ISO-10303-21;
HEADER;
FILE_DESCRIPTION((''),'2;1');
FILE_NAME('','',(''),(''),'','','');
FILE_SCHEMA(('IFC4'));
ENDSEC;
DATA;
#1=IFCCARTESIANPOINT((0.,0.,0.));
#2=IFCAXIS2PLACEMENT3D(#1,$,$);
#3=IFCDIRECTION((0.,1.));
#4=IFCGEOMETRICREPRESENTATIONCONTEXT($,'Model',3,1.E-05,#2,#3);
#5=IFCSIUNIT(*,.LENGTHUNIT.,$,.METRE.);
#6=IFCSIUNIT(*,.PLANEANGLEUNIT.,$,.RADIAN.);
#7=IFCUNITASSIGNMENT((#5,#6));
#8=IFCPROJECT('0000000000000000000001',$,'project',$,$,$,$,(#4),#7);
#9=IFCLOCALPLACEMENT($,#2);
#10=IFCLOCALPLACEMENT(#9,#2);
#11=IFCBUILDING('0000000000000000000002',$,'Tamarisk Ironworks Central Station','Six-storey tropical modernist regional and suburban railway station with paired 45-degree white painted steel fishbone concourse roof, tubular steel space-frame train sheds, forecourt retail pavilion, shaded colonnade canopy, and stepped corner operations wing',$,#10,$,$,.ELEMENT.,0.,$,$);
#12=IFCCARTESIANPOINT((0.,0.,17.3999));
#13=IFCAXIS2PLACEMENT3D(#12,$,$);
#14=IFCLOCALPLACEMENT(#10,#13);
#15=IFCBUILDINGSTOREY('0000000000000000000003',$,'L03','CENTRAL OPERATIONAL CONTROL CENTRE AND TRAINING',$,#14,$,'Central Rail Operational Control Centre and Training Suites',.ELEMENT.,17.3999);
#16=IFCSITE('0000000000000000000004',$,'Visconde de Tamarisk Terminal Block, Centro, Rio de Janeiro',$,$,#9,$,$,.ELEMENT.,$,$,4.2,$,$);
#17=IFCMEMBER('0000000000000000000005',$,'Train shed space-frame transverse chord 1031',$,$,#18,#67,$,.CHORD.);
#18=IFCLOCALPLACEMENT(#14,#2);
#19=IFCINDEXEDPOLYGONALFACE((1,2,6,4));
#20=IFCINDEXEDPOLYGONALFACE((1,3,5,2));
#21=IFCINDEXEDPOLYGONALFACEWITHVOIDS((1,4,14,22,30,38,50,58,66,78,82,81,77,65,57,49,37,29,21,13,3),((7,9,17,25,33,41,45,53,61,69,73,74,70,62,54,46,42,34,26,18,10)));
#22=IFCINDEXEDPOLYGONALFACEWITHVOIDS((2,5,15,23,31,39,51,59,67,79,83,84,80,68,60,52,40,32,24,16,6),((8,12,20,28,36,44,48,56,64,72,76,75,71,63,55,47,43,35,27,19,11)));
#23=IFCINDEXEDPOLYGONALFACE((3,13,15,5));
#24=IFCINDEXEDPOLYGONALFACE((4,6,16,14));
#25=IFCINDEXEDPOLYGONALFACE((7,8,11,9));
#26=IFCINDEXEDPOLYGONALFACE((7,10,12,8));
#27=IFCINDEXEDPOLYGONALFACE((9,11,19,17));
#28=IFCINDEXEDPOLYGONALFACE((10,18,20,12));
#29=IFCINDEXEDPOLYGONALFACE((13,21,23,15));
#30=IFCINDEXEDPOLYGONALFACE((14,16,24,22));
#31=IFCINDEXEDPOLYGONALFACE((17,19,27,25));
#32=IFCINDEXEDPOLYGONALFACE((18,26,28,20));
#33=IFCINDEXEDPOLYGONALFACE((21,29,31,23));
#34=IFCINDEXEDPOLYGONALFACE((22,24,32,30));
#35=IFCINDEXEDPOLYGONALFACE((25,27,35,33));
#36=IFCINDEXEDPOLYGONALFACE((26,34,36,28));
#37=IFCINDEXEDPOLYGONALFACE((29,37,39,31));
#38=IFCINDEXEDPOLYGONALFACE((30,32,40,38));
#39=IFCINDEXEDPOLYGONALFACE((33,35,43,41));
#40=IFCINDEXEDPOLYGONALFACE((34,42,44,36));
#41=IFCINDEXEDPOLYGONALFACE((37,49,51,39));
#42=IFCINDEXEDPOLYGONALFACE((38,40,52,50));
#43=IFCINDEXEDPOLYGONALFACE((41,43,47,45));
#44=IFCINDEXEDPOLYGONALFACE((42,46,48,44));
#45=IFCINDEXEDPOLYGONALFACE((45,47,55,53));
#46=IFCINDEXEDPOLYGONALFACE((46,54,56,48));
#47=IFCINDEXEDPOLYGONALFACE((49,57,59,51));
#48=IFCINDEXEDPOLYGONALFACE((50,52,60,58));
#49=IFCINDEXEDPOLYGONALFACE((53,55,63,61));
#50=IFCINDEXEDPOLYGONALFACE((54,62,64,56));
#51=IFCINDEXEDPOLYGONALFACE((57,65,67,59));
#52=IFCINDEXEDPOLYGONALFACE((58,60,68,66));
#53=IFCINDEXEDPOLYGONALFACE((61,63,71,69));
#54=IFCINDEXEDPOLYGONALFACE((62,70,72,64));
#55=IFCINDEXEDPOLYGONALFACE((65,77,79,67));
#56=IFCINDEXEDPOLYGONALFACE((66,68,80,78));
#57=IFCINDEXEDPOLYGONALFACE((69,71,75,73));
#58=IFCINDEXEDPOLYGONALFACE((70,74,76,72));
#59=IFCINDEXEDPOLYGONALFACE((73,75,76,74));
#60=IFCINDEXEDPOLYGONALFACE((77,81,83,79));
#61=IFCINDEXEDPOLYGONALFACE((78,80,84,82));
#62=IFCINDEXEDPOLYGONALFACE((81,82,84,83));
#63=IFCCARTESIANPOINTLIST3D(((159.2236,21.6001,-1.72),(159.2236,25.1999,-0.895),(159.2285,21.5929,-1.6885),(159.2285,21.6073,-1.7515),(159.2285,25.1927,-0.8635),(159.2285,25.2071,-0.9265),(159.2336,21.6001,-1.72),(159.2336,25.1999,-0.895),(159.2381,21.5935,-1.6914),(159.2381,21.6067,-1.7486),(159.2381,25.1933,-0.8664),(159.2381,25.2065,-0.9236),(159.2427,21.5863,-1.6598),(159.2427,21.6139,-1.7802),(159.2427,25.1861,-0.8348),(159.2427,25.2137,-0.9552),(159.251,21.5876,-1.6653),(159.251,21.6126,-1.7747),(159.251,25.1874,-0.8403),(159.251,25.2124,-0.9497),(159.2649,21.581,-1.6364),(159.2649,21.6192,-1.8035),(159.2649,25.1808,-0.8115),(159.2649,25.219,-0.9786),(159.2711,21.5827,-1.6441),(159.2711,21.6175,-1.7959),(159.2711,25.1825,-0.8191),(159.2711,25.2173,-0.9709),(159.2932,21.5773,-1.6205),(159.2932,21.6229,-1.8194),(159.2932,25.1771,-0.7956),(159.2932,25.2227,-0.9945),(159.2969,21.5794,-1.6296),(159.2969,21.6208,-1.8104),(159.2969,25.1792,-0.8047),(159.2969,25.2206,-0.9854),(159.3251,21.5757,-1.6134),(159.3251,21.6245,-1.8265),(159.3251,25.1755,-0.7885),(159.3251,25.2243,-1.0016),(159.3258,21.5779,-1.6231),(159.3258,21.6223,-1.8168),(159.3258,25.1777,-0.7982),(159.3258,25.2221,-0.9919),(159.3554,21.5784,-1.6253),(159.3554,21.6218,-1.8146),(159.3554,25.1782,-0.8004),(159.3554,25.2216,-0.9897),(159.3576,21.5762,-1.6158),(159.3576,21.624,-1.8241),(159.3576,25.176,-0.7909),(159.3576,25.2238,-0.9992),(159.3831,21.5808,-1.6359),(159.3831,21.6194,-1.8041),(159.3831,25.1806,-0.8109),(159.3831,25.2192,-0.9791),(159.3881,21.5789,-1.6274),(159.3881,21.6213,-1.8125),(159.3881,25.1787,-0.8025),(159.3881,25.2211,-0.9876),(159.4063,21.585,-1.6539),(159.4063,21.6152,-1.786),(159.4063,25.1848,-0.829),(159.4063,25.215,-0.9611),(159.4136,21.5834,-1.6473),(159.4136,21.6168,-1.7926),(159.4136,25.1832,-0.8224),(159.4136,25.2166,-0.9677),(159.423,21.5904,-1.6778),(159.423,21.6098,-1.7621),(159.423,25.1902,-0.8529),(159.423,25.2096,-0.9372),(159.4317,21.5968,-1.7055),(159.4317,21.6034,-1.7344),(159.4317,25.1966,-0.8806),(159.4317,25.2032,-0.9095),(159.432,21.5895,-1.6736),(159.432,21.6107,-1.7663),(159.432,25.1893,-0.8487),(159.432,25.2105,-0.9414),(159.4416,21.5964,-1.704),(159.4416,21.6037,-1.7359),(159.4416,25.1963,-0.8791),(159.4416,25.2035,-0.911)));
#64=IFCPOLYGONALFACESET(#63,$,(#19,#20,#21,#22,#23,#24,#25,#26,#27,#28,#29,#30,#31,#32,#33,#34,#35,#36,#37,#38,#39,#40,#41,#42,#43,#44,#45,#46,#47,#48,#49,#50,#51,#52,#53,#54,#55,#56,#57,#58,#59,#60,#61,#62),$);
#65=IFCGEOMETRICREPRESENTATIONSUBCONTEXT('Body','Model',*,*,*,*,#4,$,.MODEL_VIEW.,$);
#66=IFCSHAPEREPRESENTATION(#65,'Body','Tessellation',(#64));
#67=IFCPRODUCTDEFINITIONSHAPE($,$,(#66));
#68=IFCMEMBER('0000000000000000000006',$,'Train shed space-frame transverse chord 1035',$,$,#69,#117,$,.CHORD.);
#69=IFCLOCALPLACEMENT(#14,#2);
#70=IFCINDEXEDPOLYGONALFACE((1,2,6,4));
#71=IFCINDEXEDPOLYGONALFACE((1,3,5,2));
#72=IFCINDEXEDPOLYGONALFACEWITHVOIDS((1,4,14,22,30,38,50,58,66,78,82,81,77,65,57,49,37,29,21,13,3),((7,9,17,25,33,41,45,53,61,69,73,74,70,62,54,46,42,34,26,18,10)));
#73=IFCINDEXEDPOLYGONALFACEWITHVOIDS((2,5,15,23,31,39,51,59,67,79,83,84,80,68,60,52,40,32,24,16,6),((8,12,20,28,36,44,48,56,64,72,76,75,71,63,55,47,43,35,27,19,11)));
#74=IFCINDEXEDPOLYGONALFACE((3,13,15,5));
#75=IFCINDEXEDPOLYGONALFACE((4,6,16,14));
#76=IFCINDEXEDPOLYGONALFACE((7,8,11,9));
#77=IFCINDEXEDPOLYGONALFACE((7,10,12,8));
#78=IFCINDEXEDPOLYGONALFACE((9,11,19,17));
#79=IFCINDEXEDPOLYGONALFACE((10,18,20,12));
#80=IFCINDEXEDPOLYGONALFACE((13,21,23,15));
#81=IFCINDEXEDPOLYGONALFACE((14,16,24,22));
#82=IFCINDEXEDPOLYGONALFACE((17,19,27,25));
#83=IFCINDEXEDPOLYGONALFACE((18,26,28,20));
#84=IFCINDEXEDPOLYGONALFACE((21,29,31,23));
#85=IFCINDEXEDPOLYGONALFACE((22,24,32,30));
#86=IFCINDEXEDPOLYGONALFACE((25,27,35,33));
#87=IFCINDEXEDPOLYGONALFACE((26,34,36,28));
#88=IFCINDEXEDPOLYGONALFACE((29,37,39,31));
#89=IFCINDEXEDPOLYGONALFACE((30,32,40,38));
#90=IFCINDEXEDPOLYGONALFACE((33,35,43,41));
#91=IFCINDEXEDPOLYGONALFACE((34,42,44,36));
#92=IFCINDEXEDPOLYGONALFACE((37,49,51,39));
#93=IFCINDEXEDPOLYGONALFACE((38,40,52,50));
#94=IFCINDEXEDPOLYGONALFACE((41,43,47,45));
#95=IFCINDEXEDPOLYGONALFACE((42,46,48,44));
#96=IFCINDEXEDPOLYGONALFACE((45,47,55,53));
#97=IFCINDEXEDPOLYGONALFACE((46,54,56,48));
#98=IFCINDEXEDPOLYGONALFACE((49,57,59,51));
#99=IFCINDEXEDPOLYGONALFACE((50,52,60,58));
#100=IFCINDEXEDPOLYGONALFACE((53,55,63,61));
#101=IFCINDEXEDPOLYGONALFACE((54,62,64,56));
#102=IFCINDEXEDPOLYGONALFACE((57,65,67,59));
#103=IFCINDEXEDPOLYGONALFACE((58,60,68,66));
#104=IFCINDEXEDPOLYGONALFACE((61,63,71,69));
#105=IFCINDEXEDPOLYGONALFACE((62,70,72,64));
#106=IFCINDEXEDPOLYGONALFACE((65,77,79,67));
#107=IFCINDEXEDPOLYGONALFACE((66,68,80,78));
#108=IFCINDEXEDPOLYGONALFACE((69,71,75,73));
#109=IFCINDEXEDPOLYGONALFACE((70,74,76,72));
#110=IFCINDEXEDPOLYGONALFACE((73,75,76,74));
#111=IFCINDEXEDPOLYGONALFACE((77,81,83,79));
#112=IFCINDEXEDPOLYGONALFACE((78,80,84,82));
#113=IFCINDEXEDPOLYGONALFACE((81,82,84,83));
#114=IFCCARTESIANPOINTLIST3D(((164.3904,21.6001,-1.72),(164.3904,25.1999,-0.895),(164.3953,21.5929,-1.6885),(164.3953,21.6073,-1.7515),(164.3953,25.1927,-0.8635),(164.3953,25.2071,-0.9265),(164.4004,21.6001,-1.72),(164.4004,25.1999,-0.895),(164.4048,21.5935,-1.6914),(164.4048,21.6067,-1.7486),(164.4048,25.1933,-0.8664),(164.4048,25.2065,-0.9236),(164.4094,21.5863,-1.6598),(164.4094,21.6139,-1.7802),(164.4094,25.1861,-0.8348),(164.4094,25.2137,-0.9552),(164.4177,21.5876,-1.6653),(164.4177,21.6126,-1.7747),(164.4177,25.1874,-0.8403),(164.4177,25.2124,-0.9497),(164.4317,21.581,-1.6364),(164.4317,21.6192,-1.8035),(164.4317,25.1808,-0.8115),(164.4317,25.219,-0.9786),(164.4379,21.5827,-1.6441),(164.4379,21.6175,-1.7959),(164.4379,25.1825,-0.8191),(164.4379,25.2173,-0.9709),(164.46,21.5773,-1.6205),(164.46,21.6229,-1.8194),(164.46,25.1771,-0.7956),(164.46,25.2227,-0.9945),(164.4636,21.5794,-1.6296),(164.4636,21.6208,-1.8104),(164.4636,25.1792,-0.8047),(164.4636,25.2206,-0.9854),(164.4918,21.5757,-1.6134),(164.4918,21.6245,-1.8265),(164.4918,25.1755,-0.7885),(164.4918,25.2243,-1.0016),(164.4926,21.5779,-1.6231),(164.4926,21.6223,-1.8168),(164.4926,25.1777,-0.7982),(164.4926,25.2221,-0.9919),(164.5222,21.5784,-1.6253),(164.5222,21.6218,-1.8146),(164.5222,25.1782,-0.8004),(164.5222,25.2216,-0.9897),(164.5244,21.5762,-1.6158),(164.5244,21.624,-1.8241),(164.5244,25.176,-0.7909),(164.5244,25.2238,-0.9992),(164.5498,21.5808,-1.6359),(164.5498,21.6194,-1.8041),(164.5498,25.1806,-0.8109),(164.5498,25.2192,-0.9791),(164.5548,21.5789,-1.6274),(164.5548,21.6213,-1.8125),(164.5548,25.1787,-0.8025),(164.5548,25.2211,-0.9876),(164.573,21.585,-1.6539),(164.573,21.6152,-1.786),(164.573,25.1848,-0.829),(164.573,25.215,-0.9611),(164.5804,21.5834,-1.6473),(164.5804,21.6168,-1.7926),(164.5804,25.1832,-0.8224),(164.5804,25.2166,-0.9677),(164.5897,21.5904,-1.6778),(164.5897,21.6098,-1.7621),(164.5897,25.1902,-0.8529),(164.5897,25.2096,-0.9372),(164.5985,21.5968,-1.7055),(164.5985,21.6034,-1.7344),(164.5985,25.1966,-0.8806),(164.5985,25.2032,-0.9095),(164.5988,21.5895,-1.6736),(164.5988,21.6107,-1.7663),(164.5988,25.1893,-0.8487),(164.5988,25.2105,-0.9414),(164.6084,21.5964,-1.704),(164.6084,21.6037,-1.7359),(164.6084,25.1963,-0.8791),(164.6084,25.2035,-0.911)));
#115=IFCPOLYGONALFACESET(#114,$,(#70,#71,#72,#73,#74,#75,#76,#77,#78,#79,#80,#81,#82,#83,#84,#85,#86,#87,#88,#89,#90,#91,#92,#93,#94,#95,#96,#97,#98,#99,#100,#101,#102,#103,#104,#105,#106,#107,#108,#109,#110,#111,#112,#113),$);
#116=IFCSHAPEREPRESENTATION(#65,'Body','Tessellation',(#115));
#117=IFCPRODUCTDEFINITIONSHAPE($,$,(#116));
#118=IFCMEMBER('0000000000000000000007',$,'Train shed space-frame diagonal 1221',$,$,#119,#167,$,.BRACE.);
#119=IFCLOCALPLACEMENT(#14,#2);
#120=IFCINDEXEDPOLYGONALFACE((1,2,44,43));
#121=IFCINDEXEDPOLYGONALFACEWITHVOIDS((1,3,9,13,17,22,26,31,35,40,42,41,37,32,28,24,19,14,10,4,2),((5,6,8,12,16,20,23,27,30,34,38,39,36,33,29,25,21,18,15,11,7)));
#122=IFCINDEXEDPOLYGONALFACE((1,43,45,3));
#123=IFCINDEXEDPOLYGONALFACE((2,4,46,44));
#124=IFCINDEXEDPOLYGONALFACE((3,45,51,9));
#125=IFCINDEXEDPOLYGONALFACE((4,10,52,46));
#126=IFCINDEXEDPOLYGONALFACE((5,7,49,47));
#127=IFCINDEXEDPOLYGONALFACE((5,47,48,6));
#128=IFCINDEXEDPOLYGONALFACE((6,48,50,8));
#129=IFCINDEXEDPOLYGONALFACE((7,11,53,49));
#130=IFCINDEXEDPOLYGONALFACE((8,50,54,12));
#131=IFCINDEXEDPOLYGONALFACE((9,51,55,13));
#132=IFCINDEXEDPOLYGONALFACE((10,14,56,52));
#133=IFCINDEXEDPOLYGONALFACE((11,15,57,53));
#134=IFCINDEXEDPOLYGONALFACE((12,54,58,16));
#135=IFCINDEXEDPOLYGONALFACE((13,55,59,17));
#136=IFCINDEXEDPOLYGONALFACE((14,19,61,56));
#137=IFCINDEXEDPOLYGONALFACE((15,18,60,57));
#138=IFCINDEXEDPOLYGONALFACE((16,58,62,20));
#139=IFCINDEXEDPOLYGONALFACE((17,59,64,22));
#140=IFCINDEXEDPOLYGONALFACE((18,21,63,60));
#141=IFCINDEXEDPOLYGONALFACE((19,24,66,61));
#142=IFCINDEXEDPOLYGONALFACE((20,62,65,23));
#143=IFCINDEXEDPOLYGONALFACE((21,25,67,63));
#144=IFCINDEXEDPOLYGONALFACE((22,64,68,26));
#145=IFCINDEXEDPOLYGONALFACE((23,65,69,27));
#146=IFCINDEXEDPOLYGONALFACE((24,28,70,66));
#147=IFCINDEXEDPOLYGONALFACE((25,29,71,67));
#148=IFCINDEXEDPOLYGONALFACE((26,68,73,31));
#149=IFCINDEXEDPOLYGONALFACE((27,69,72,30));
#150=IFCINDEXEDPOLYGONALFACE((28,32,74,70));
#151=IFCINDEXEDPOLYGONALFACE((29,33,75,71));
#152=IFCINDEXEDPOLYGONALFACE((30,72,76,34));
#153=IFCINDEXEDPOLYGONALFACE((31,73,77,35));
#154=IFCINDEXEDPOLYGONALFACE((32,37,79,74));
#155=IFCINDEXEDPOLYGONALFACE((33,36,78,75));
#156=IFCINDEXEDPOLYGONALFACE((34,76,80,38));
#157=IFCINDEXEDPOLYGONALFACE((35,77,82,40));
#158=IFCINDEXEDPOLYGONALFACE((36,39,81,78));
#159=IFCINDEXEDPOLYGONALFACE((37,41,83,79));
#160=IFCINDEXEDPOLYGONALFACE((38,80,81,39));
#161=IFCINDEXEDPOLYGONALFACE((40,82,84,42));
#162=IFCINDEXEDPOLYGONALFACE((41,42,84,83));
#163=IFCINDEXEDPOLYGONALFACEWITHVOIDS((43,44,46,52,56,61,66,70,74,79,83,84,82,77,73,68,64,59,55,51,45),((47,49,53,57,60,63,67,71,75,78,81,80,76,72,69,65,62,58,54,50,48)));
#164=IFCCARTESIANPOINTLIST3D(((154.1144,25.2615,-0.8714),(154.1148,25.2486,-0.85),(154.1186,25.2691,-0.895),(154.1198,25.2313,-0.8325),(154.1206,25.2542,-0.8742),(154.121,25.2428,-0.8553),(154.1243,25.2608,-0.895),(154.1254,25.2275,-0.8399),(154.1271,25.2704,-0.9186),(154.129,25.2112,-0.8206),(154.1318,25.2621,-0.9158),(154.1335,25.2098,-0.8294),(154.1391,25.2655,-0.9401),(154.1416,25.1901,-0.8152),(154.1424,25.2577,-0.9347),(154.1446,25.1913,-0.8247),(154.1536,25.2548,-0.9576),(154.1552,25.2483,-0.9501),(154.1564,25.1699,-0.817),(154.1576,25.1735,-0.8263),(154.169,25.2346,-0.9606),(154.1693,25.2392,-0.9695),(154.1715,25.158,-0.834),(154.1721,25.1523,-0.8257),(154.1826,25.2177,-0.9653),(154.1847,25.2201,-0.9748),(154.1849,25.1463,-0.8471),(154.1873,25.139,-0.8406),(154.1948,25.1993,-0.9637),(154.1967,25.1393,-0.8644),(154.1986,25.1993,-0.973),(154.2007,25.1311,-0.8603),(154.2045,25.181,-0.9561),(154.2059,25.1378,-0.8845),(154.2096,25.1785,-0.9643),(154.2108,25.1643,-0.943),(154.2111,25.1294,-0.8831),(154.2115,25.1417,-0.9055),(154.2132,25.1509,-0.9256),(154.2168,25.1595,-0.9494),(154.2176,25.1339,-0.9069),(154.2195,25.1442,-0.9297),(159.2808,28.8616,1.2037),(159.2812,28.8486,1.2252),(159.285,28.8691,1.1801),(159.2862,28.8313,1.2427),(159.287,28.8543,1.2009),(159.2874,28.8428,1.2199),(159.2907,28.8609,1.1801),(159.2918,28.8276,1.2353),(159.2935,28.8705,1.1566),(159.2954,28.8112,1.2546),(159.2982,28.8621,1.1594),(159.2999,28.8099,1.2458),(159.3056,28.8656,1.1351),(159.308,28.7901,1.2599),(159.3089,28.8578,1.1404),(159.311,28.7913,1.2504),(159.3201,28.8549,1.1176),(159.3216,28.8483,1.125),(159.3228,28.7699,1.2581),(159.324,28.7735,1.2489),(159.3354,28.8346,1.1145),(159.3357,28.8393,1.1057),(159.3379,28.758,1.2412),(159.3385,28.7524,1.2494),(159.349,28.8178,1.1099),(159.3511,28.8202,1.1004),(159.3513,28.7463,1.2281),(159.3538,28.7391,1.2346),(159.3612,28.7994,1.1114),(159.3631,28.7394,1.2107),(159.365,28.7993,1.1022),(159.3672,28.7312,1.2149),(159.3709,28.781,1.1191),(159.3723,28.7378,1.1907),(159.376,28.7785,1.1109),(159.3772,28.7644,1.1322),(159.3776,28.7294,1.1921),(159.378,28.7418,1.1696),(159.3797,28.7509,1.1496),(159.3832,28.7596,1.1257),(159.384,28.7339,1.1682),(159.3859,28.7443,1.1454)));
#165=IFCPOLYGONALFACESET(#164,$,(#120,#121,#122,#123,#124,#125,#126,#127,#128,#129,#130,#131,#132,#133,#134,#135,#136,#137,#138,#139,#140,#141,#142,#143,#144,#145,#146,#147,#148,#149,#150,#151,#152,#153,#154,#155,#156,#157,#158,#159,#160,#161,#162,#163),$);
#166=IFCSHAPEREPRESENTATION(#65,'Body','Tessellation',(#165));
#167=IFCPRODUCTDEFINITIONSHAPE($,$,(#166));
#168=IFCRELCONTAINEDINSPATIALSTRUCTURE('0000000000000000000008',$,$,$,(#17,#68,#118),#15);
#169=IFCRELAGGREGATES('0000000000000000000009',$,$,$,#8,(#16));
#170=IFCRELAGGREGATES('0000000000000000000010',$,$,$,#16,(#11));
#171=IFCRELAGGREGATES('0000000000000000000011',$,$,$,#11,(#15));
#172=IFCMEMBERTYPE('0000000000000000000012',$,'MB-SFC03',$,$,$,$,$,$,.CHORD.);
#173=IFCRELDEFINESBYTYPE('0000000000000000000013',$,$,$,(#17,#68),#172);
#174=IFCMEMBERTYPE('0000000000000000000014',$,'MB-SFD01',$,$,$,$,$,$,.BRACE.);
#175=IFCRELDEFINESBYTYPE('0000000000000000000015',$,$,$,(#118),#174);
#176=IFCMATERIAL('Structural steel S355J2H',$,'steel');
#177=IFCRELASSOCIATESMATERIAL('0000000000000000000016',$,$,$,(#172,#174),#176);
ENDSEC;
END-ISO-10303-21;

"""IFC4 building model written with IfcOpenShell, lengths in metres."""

from ifc_helpers import new_model, si_unit, direction, frame, origin, origin_2d, place, context, subcontext, project, spatial, hollow_circle, extrude, material, material_profile, profile_set, type_object, element, save


model = new_model("IFC4")

# Units and contexts
model_context = context("Model", 3, precision=1e-05, world=origin(), true_north=direction((0.0, 1.0)))
body_context = subcontext(model_context, "Body", "Model", "MODEL_VIEW")
ifc_project = project(units=[si_unit("LENGTHUNIT", "METRE"), si_unit("PLANEANGLEUNIT", "RADIAN")], contexts=[model_context])

# Site, building, storey
site_placement = place(None, origin())
site = spatial("IfcSite", under=ifc_project, at=site_placement, Name="Visconde de Tamarisk Terminal Block, Centro, Rio de Janeiro", CompositionType="ELEMENT", RefElevation=4.2)
building_placement = place(site_placement, origin())
building = spatial("IfcBuilding", under=site, at=building_placement, Name="Tamarisk Ironworks Central Station", Description="Six-storey tropical modernist regional and suburban railway station with paired 45-degree white painted steel fishbone concourse roof, tubular steel space-frame train sheds, forecourt retail pavilion, shaded colonnade canopy, and stepped corner operations wing", CompositionType="ELEMENT", ElevationOfRefHeight=0.0)
storey_placement = place(building_placement, frame((0.0, 0.0, 17.3999)))
storey = spatial("IfcBuildingStorey", under=building, at=storey_placement, Name="L03", Description="CENTRAL OPERATIONAL CONTROL CENTRE AND TRAINING", LongName="Central Rail Operational Control Centre and Training Suites", CompositionType="ELEMENT", Elevation=17.3999)

# Members
ifc_material_1 = material(Name="Structural steel S355J2H", Category="steel")
ifc_material_profile_1 = material_profile(ifc_material_1, hollow_circle(Radius=0.1096, WallThickness=0.01, at=origin_2d()), Name="CHS 219.1x10")
ifc_profile_set_1 = profile_set([ifc_material_profile_1], Name="Structural steel S355J2H")
member_type_1 = type_object("IfcMemberType", Name="MB-SFC03", PredefinedType="CHORD", material=ifc_profile_set_1)
for number, where, z_axis, x_axis, name in (
    (1, (159.3333, 21.6001, -1.72), (0.0, 0.974733, 0.223372), (-1.0, 0.0, 0.0), "Train shed space-frame transverse chord 1031"),
    (2, (164.5, 21.6001, -1.72), (0.0, 0.974733, 0.223372), (-1.0, 0.0, 0.0), "Train shed space-frame transverse chord 1035"),
):
    element("IfcMember", number, at=place(storey_placement, frame(where, z_axis=z_axis, x_axis=x_axis)), inside=storey, type_object=member_type_1, Name=name, PredefinedType="CHORD", context=body_context, shape_type="SweptSolid", body=[
        extrude(hollow_circle(Radius=0.1096, WallThickness=0.01, at=origin_2d()), origin(), (0.0, 0.0, 1.0), 3.6931),
    ])
ifc_material_profile_2 = material_profile(ifc_material_1, hollow_circle(Radius=0.0842, WallThickness=0.01, at=origin_2d()), Name="CHS 168.3x10")
ifc_profile_set_2 = profile_set([ifc_material_profile_2], Name="Structural steel S355J2H")
member_type_2 = type_object("IfcMemberType", Name="MB-SFD01", PredefinedType="BRACE", material=ifc_profile_set_2)
for number, where, z_axis, x_axis, name in (
    (3, (154.1667, 25.2, -0.895), (0.779235, 0.542983, 0.31299), (-0.571707, 0.820458, 0.0), "Train shed space-frame diagonal 1221"),
):
    element("IfcMember", number, at=place(storey_placement, frame(where, z_axis=z_axis, x_axis=x_axis)), inside=storey, type_object=member_type_2, Name=name, PredefinedType="BRACE", context=body_context, shape_type="SweptSolid", body=[
        extrude(hollow_circle(Radius=0.0842, WallThickness=0.01, at=origin_2d()), origin(), (0.0, 0.0, 1.0), 6.6301),
    ])

save(model, "model.ifc")
